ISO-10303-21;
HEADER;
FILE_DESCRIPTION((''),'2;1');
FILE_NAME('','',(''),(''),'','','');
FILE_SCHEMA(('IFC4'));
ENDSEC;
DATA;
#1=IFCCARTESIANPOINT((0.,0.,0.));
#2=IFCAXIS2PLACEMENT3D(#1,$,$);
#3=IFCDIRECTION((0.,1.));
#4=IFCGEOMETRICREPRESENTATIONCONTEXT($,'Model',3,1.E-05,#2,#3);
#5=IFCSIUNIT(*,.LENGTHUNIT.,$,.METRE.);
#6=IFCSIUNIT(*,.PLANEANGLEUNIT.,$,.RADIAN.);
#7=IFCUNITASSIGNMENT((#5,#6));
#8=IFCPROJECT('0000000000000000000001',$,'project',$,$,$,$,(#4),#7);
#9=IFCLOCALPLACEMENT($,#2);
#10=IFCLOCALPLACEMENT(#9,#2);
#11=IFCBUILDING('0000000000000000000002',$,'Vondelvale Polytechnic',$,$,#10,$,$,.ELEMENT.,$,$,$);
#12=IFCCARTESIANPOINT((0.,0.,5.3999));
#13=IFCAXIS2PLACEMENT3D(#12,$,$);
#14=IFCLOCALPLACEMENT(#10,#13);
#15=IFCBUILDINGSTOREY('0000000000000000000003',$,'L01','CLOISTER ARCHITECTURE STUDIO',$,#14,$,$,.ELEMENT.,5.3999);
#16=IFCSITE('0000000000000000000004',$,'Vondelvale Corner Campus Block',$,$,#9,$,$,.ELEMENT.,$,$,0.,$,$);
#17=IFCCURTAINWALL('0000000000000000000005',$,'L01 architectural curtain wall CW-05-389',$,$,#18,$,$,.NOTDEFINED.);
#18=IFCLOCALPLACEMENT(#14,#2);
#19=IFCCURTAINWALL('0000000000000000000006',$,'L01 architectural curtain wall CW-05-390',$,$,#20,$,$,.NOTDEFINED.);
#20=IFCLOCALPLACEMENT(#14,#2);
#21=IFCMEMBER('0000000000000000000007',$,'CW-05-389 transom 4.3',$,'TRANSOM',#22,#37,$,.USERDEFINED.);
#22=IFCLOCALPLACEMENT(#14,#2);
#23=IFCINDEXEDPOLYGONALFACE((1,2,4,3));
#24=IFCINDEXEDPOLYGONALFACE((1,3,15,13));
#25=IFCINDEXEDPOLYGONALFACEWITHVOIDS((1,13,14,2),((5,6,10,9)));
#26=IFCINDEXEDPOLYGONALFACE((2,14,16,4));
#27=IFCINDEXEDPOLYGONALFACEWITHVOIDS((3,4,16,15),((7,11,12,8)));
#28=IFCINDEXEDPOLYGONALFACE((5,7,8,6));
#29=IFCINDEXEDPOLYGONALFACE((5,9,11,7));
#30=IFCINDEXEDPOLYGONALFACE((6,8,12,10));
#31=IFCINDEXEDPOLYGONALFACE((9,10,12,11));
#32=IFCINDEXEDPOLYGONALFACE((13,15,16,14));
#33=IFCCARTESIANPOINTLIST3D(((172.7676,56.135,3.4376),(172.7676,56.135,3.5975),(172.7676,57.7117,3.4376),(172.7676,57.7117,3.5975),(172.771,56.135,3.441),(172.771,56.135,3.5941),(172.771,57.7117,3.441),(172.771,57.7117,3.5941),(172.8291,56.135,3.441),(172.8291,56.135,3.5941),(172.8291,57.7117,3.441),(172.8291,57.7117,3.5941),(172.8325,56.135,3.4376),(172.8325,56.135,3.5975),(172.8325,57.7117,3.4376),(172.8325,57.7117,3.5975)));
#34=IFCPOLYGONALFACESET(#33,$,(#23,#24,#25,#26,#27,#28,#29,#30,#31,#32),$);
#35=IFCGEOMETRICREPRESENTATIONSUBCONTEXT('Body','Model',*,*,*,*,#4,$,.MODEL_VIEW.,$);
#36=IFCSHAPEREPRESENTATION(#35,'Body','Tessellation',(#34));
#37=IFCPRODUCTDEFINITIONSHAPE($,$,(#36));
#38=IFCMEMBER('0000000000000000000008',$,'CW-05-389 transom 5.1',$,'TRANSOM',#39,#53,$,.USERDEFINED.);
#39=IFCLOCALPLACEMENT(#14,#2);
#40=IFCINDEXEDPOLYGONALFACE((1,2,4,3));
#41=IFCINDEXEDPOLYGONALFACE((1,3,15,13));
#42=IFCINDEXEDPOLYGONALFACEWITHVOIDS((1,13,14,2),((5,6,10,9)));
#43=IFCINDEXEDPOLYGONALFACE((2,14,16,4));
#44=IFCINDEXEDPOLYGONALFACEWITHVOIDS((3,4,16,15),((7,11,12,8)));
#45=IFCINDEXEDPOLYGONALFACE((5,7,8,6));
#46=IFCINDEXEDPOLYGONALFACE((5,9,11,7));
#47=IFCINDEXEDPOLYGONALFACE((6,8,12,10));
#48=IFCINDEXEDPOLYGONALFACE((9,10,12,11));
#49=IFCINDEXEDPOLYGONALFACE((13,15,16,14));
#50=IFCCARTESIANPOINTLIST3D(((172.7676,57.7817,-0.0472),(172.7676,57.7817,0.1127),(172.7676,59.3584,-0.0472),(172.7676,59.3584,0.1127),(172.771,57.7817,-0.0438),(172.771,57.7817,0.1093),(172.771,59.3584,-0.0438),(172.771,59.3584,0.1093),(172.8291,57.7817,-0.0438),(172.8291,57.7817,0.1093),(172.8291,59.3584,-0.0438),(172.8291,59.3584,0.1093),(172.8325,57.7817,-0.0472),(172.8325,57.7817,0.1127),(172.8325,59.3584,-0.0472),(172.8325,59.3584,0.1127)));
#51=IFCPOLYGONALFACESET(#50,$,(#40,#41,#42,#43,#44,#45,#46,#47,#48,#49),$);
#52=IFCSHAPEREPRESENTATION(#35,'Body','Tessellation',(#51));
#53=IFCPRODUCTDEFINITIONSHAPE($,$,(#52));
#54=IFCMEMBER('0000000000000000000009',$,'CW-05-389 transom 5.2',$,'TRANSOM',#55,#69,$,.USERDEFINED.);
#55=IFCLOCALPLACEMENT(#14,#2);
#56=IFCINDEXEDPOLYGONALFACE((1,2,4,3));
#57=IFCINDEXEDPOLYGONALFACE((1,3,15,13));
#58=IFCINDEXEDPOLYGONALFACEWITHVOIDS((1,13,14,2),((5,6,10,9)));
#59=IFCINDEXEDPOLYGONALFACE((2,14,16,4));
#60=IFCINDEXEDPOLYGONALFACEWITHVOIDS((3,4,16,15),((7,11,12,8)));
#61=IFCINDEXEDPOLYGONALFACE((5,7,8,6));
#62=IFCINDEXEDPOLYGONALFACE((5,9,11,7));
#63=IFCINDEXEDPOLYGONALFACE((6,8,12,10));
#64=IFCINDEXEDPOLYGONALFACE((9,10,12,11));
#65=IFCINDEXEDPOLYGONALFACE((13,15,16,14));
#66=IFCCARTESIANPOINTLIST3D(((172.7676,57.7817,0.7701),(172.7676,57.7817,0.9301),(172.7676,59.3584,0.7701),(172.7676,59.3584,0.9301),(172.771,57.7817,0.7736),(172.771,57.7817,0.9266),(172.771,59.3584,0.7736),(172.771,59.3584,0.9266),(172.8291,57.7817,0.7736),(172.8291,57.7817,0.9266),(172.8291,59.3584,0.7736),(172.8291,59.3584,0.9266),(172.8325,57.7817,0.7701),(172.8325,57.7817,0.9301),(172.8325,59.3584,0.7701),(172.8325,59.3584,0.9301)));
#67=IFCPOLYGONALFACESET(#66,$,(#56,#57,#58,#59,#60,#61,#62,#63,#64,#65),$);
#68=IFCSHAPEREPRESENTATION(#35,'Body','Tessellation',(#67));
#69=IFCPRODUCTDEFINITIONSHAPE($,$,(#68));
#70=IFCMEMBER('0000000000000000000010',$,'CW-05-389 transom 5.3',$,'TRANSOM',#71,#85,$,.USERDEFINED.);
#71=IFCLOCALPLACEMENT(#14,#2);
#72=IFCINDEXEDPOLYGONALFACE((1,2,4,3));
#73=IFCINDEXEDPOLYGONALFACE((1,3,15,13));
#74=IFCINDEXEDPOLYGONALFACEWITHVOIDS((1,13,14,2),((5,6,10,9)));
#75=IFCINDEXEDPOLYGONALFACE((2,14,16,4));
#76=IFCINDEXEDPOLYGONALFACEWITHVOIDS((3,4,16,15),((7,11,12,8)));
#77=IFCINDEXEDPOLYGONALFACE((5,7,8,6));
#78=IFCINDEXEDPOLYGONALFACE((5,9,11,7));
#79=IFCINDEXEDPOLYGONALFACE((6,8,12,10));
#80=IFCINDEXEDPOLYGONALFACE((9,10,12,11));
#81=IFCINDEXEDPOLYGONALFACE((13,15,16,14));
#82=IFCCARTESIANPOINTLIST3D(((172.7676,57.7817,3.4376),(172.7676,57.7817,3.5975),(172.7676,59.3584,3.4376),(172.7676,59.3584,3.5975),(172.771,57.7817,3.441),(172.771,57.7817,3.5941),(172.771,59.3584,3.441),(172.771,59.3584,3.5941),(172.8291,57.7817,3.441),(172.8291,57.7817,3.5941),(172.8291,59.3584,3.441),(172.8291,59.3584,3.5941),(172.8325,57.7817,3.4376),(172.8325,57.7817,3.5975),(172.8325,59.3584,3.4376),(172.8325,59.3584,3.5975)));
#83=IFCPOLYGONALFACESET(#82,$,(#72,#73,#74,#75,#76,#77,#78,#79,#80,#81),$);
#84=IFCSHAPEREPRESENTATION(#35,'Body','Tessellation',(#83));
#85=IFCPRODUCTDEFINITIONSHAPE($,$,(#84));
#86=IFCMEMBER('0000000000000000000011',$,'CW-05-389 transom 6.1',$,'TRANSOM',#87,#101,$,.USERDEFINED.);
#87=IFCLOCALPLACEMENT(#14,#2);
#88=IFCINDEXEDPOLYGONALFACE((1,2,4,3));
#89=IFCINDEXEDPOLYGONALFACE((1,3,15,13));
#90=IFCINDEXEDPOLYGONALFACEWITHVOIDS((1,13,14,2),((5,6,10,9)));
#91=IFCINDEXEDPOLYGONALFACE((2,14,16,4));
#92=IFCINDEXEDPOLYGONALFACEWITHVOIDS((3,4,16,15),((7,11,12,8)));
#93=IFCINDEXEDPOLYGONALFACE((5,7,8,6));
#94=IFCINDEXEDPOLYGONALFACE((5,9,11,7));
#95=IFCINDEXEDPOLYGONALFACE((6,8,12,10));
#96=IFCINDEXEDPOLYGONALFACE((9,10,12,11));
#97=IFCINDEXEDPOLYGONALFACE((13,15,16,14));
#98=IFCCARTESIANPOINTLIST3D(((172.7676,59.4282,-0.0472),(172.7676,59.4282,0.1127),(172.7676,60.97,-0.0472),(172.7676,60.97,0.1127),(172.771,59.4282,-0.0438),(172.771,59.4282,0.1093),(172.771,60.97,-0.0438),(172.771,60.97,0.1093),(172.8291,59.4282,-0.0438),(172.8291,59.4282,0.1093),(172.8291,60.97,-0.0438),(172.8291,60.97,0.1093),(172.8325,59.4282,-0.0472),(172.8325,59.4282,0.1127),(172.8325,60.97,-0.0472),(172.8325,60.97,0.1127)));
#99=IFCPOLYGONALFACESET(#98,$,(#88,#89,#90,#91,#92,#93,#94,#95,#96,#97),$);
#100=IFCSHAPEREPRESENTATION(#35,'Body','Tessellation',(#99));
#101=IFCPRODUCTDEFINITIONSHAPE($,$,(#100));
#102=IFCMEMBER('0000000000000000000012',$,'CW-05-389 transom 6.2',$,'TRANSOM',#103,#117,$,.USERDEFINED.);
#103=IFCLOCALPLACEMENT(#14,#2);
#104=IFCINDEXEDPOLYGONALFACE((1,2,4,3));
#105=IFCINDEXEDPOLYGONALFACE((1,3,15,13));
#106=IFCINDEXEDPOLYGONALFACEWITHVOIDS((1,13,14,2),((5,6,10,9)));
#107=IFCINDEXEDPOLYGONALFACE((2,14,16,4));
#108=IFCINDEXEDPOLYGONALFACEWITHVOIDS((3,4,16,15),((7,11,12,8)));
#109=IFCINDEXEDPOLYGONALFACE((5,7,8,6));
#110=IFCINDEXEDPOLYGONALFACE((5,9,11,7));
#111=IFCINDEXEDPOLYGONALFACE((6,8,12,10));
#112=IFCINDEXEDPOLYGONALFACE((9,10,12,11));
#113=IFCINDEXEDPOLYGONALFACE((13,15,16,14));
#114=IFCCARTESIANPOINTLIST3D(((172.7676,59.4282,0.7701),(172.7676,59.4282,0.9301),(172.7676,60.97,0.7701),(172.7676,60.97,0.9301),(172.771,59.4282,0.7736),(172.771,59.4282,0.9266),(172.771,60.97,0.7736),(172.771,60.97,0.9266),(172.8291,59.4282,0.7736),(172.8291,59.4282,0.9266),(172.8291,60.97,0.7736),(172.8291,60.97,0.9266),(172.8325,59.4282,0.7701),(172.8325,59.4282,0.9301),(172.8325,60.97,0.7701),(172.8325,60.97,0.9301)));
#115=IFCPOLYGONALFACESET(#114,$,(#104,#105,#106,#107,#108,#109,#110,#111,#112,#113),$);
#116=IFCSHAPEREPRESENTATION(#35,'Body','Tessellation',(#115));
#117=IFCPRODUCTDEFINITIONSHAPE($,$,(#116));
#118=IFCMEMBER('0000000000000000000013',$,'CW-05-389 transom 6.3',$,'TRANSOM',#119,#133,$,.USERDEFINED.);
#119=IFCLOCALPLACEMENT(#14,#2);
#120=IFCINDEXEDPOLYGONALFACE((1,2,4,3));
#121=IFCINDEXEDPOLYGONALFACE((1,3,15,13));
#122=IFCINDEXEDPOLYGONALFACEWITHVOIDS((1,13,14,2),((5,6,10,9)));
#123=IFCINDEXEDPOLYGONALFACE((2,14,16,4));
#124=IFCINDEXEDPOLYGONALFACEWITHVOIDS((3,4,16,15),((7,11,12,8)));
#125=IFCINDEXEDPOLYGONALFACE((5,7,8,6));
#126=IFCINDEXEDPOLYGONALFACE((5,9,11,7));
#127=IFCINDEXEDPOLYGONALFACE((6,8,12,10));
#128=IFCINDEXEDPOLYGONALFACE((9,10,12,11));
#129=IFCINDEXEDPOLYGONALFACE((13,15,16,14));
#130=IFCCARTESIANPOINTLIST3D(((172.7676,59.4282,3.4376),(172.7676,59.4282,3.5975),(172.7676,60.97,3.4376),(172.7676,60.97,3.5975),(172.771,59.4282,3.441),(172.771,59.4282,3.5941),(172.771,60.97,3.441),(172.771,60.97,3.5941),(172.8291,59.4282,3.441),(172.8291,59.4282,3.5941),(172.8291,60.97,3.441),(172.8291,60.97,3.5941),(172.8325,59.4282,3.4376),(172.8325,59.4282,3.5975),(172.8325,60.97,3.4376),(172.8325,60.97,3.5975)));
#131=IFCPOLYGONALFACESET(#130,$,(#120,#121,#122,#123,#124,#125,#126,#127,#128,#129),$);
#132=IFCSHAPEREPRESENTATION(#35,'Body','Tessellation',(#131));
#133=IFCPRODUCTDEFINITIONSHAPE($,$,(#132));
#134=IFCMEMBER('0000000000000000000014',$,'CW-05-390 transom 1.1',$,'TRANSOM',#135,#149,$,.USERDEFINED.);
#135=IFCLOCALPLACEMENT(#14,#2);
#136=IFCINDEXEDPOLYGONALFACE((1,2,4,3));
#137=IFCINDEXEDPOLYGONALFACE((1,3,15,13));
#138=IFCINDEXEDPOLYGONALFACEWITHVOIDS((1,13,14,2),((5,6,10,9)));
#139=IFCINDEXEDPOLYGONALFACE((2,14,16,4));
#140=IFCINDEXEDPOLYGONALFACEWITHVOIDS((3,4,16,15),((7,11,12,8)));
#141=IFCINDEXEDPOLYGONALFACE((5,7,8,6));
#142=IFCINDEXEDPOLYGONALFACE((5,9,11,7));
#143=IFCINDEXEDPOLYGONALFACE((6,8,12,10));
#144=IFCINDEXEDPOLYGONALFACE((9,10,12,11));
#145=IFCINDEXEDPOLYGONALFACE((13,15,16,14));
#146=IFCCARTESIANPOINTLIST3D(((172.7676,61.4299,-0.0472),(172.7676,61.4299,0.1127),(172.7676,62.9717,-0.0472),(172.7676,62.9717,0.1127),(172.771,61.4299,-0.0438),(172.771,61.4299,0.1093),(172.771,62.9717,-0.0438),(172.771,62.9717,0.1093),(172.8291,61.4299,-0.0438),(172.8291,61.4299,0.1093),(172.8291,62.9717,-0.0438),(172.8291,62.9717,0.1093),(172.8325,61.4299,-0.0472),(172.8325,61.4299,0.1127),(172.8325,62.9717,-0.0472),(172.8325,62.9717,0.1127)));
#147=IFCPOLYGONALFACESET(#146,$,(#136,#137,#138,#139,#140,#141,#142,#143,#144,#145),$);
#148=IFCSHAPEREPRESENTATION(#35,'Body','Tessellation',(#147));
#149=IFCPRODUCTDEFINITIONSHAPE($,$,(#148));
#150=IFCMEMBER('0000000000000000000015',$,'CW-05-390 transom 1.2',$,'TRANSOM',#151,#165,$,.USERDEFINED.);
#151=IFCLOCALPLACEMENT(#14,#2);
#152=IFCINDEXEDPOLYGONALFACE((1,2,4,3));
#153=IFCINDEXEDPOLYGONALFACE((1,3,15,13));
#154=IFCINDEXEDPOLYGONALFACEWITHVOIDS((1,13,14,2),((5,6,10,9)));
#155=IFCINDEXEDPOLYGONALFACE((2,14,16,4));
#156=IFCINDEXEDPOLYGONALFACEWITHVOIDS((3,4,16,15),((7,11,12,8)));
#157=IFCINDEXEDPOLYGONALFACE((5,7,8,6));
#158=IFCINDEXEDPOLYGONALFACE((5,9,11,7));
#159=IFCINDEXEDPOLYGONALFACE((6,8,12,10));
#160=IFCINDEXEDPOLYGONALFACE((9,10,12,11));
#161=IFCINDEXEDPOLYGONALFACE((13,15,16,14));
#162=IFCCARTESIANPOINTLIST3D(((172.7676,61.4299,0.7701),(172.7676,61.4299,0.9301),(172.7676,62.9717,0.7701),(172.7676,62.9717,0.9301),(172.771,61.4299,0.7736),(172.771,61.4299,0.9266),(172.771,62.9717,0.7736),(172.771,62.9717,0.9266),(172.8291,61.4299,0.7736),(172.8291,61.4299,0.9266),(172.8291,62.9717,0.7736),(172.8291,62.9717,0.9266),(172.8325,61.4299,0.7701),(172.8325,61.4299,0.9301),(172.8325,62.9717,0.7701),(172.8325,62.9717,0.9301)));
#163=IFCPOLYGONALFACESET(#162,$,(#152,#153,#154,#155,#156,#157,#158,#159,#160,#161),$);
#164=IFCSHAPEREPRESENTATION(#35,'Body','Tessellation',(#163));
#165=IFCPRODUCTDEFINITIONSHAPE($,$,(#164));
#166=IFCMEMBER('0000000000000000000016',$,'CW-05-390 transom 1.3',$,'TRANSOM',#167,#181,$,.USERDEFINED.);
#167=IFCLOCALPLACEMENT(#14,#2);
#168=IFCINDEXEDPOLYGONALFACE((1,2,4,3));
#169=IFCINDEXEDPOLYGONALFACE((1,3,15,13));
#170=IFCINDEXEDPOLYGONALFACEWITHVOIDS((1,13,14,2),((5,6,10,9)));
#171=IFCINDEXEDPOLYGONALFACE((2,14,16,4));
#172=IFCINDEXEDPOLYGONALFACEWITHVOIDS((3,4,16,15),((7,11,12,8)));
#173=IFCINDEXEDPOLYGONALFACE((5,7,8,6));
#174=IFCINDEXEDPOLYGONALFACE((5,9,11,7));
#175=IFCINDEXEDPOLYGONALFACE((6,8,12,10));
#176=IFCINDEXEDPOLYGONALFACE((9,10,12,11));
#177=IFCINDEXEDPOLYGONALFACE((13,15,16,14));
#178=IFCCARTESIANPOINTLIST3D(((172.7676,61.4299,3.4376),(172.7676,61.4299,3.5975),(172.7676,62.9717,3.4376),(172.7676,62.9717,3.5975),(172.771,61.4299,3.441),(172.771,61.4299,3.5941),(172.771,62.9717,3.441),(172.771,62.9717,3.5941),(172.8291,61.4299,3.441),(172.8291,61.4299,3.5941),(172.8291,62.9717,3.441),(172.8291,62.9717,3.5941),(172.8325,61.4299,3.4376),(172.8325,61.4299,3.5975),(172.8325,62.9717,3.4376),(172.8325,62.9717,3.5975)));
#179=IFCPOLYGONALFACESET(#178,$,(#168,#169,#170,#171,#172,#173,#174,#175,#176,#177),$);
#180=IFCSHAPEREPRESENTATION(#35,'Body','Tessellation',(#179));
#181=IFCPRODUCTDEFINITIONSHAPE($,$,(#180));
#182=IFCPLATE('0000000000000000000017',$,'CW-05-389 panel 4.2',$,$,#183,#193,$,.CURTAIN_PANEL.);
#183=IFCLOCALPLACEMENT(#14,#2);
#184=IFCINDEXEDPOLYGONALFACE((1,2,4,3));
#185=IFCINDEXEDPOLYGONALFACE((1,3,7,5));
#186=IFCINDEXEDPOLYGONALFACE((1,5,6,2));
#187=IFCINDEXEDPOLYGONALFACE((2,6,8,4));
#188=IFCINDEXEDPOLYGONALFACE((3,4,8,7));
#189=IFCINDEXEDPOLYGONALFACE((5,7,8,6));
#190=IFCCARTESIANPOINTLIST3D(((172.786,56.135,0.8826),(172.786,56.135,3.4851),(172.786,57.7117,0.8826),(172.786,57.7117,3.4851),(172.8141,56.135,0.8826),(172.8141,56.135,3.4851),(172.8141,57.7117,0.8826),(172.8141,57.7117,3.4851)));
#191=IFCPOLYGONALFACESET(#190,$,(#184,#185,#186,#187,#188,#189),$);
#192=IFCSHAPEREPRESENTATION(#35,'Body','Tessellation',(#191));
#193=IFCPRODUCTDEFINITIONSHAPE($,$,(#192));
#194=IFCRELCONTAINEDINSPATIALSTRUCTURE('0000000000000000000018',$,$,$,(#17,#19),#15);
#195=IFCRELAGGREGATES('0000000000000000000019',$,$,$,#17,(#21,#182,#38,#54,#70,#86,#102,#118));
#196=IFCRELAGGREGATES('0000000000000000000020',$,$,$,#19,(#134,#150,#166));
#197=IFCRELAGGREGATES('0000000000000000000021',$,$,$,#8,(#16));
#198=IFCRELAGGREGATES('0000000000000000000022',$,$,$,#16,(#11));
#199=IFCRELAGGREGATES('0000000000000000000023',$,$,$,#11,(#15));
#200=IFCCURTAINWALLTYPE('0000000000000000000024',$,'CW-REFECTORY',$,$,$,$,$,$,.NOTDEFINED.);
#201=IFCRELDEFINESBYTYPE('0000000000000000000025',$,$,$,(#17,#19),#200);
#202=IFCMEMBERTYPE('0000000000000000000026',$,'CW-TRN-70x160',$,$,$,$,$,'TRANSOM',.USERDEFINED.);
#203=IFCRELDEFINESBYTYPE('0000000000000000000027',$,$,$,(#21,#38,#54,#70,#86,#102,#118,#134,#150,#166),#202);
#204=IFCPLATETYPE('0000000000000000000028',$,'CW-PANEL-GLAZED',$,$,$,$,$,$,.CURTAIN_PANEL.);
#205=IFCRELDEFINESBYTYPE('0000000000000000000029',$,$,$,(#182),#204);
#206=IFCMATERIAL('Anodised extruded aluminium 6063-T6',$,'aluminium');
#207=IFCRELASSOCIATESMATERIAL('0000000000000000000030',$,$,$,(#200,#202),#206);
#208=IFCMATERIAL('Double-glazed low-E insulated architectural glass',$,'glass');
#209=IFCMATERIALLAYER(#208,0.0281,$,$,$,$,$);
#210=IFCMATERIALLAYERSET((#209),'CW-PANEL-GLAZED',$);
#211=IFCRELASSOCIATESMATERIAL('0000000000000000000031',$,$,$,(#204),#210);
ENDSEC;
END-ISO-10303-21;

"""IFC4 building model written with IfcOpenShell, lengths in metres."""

from ifc_helpers import new_model, si_unit, direction, frame, origin, origin_2d, place, context, subcontext, project, spatial, rectangle, hollow_rectangle, extrude, material, layer, layer_set, material_profile, profile_set, type_object, element, aggregate, save


model = new_model("IFC4")

# Units and contexts
model_context = context("Model", 3, precision=1e-05, world=origin(), true_north=direction((0.0, 1.0)))
body_context = subcontext(model_context, "Body", "Model", "MODEL_VIEW")
ifc_project = project(units=[si_unit("LENGTHUNIT", "METRE"), si_unit("PLANEANGLEUNIT", "RADIAN")], contexts=[model_context])

# Site, building, storey
site_placement = place(None, origin())
site = spatial("IfcSite", under=ifc_project, at=site_placement, Name="Vondelvale Corner Campus Block", CompositionType="ELEMENT", RefElevation=0.0)
building_placement = place(site_placement, origin())
building = spatial("IfcBuilding", under=site, at=building_placement, Name="Vondelvale Polytechnic", CompositionType="ELEMENT")
storey_placement = place(building_placement, frame((0.0, 0.0, 5.3999)))
storey = spatial("IfcBuildingStorey", under=building, at=storey_placement, Name="L01", Description="CLOISTER ARCHITECTURE STUDIO", CompositionType="ELEMENT", Elevation=5.3999)

# Curtain wall
ifc_material_1 = material(Name="Anodised extruded aluminium 6063-T6", Category="aluminium")
curtain_wall_type = type_object("IfcCurtainWallType", Name="CW-REFECTORY", PredefinedType="NOTDEFINED", material=ifc_material_1)
curtain_wall_1_placement = place(storey_placement, origin())
curtain_wall_1 = element("IfcCurtainWall", 1, at=curtain_wall_1_placement, inside=storey, type_object=curtain_wall_type, Name="L01 architectural curtain wall CW-05-389", PredefinedType="NOTDEFINED")

# Curtain wall
curtain_wall_2_placement = place(storey_placement, origin())
curtain_wall_2 = element("IfcCurtainWall", 2, at=curtain_wall_2_placement, inside=storey, type_object=curtain_wall_type, Name="L01 architectural curtain wall CW-05-390", PredefinedType="NOTDEFINED")

# Members
ifc_material_profile_1 = material_profile(ifc_material_1, hollow_rectangle(XDim=0.0649, YDim=0.1599, WallThickness=0.0034, at=origin_2d()), Name="CW-TRN-160x65")
ifc_profile_set_1 = profile_set([ifc_material_profile_1], Name="Anodised extruded aluminium 6063-T6")
member_type_1 = type_object("IfcMemberType", Name="CW-TRN-70x160", ElementType="TRANSOM", PredefinedType="USERDEFINED", material=ifc_profile_set_1)
member_1_placement = place(storey_placement, frame((172.8, 56.135, 3.5176), z_axis=(0.0, 1.0, 0.0), x_axis=(-1.0, 0.0, 0.0)))
member_1 = element("IfcMember", 3, at=member_1_placement, type_object=member_type_1, Name="CW-05-389 transom 4.3", ObjectType="TRANSOM", PredefinedType="USERDEFINED", context=body_context, shape_type="SweptSolid", body=[
    extrude(hollow_rectangle(XDim=0.0649, YDim=0.1599, WallThickness=0.0034, at=origin_2d()), origin(), (0.0, 0.0, 1.0), 1.5767),
])
member_2_placement = place(storey_placement, frame((172.8, 57.7817, 0.0327), z_axis=(0.0, 1.0, 0.0), x_axis=(-1.0, 0.0, 0.0)))
member_2 = element("IfcMember", 4, at=member_2_placement, type_object=member_type_1, Name="CW-05-389 transom 5.1", ObjectType="TRANSOM", PredefinedType="USERDEFINED", context=body_context, shape_type="SweptSolid", body=[
    extrude(hollow_rectangle(XDim=0.0649, YDim=0.1599, WallThickness=0.0034, at=origin_2d()), origin(), (0.0, 0.0, 1.0), 1.5767),
])
member_3_placement = place(storey_placement, frame((172.8, 57.7817, 0.8501), z_axis=(0.0, 1.0, 0.0), x_axis=(-1.0, 0.0, 0.0)))
member_3 = element("IfcMember", 5, at=member_3_placement, type_object=member_type_1, Name="CW-05-389 transom 5.2", ObjectType="TRANSOM", PredefinedType="USERDEFINED", context=body_context, shape_type="SweptSolid", body=[
    extrude(hollow_rectangle(XDim=0.0649, YDim=0.1599, WallThickness=0.0034, at=origin_2d()), origin(), (0.0, 0.0, 1.0), 1.5767),
])
member_4_placement = place(storey_placement, frame((172.8, 57.7817, 3.5176), z_axis=(0.0, 1.0, 0.0), x_axis=(-1.0, 0.0, 0.0)))
member_4 = element("IfcMember", 6, at=member_4_placement, type_object=member_type_1, Name="CW-05-389 transom 5.3", ObjectType="TRANSOM", PredefinedType="USERDEFINED", context=body_context, shape_type="SweptSolid", body=[
    extrude(hollow_rectangle(XDim=0.0649, YDim=0.1599, WallThickness=0.0034, at=origin_2d()), origin(), (0.0, 0.0, 1.0), 1.5767),
])
member_5_placement = place(storey_placement, frame((172.8, 59.4282, 0.0327), z_axis=(0.0, 1.0, 0.0), x_axis=(-1.0, 0.0, 0.0)))
member_5 = element("IfcMember", 7, at=member_5_placement, type_object=member_type_1, Name="CW-05-389 transom 6.1", ObjectType="TRANSOM", PredefinedType="USERDEFINED", context=body_context, shape_type="SweptSolid", body=[
    extrude(hollow_rectangle(XDim=0.0649, YDim=0.1599, WallThickness=0.0034, at=origin_2d()), origin(), (0.0, 0.0, 1.0), 1.5417),
])
member_6_placement = place(storey_placement, frame((172.8, 59.4282, 0.8501), z_axis=(0.0, 1.0, 0.0), x_axis=(-1.0, 0.0, 0.0)))
member_6 = element("IfcMember", 8, at=member_6_placement, type_object=member_type_1, Name="CW-05-389 transom 6.2", ObjectType="TRANSOM", PredefinedType="USERDEFINED", context=body_context, shape_type="SweptSolid", body=[
    extrude(hollow_rectangle(XDim=0.0649, YDim=0.1599, WallThickness=0.0034, at=origin_2d()), origin(), (0.0, 0.0, 1.0), 1.5417),
])
member_7_placement = place(storey_placement, frame((172.8, 59.4282, 3.5176), z_axis=(0.0, 1.0, 0.0), x_axis=(-1.0, 0.0, 0.0)))
member_7 = element("IfcMember", 9, at=member_7_placement, type_object=member_type_1, Name="CW-05-389 transom 6.3", ObjectType="TRANSOM", PredefinedType="USERDEFINED", context=body_context, shape_type="SweptSolid", body=[
    extrude(hollow_rectangle(XDim=0.0649, YDim=0.1599, WallThickness=0.0034, at=origin_2d()), origin(), (0.0, 0.0, 1.0), 1.5417),
])
member_8_placement = place(storey_placement, frame((172.8, 61.4299, 0.0327), z_axis=(0.0, 1.0, 0.0), x_axis=(-1.0, 0.0, 0.0)))
member_8 = element("IfcMember", 10, at=member_8_placement, type_object=member_type_1, Name="CW-05-390 transom 1.1", ObjectType="TRANSOM", PredefinedType="USERDEFINED", context=body_context, shape_type="SweptSolid", body=[
    extrude(hollow_rectangle(XDim=0.0649, YDim=0.1599, WallThickness=0.0034, at=origin_2d()), origin(), (0.0, 0.0, 1.0), 1.5417),
])
member_9_placement = place(storey_placement, frame((172.8, 61.4299, 0.8501), z_axis=(0.0, 1.0, 0.0), x_axis=(-1.0, 0.0, 0.0)))
member_9 = element("IfcMember", 11, at=member_9_placement, type_object=member_type_1, Name="CW-05-390 transom 1.2", ObjectType="TRANSOM", PredefinedType="USERDEFINED", context=body_context, shape_type="SweptSolid", body=[
    extrude(hollow_rectangle(XDim=0.0649, YDim=0.1599, WallThickness=0.0034, at=origin_2d()), origin(), (0.0, 0.0, 1.0), 1.5417),
])
member_10_placement = place(storey_placement, frame((172.8, 61.4299, 3.5176), z_axis=(0.0, 1.0, 0.0), x_axis=(-1.0, 0.0, 0.0)))
member_10 = element("IfcMember", 12, at=member_10_placement, type_object=member_type_1, Name="CW-05-390 transom 1.3", ObjectType="TRANSOM", PredefinedType="USERDEFINED", context=body_context, shape_type="SweptSolid", body=[
    extrude(hollow_rectangle(XDim=0.0649, YDim=0.1599, WallThickness=0.0034, at=origin_2d()), origin(), (0.0, 0.0, 1.0), 1.5417),
])

# Plate
ifc_material_2 = material(Name="Double-glazed low-E insulated architectural glass", Category="glass")
ifc_layer_1 = layer(ifc_material_2, 0.0281)
ifc_layer_set_1 = layer_set([ifc_layer_1], Name="CW-PANEL-GLAZED")
plate_type_1 = type_object("IfcPlateType", Name="CW-PANEL-GLAZED", PredefinedType="CURTAIN_PANEL", material=ifc_layer_set_1)
plate_1_placement = place(storey_placement, frame((172.8, 56.9233, 0.8826), z_axis=(0.0, 0.0, 1.0), x_axis=(0.0, 1.0, 0.0)))
plate_1 = element("IfcPlate", 13, at=plate_1_placement, type_object=plate_type_1, Name="CW-05-389 panel 4.2", PredefinedType="CURTAIN_PANEL", context=body_context, shape_type="SweptSolid", body=[
    extrude(rectangle(XDim=1.5767, YDim=0.0281, at=origin_2d()), origin(), (0.0, 0.0, 1.0), 2.6025),
])
aggregate(curtain_wall_1, [member_1, plate_1, member_2, member_3, member_4, member_5, member_6, member_7])
aggregate(curtain_wall_2, [member_8, member_9, member_10])

save(model, "model.ifc")
